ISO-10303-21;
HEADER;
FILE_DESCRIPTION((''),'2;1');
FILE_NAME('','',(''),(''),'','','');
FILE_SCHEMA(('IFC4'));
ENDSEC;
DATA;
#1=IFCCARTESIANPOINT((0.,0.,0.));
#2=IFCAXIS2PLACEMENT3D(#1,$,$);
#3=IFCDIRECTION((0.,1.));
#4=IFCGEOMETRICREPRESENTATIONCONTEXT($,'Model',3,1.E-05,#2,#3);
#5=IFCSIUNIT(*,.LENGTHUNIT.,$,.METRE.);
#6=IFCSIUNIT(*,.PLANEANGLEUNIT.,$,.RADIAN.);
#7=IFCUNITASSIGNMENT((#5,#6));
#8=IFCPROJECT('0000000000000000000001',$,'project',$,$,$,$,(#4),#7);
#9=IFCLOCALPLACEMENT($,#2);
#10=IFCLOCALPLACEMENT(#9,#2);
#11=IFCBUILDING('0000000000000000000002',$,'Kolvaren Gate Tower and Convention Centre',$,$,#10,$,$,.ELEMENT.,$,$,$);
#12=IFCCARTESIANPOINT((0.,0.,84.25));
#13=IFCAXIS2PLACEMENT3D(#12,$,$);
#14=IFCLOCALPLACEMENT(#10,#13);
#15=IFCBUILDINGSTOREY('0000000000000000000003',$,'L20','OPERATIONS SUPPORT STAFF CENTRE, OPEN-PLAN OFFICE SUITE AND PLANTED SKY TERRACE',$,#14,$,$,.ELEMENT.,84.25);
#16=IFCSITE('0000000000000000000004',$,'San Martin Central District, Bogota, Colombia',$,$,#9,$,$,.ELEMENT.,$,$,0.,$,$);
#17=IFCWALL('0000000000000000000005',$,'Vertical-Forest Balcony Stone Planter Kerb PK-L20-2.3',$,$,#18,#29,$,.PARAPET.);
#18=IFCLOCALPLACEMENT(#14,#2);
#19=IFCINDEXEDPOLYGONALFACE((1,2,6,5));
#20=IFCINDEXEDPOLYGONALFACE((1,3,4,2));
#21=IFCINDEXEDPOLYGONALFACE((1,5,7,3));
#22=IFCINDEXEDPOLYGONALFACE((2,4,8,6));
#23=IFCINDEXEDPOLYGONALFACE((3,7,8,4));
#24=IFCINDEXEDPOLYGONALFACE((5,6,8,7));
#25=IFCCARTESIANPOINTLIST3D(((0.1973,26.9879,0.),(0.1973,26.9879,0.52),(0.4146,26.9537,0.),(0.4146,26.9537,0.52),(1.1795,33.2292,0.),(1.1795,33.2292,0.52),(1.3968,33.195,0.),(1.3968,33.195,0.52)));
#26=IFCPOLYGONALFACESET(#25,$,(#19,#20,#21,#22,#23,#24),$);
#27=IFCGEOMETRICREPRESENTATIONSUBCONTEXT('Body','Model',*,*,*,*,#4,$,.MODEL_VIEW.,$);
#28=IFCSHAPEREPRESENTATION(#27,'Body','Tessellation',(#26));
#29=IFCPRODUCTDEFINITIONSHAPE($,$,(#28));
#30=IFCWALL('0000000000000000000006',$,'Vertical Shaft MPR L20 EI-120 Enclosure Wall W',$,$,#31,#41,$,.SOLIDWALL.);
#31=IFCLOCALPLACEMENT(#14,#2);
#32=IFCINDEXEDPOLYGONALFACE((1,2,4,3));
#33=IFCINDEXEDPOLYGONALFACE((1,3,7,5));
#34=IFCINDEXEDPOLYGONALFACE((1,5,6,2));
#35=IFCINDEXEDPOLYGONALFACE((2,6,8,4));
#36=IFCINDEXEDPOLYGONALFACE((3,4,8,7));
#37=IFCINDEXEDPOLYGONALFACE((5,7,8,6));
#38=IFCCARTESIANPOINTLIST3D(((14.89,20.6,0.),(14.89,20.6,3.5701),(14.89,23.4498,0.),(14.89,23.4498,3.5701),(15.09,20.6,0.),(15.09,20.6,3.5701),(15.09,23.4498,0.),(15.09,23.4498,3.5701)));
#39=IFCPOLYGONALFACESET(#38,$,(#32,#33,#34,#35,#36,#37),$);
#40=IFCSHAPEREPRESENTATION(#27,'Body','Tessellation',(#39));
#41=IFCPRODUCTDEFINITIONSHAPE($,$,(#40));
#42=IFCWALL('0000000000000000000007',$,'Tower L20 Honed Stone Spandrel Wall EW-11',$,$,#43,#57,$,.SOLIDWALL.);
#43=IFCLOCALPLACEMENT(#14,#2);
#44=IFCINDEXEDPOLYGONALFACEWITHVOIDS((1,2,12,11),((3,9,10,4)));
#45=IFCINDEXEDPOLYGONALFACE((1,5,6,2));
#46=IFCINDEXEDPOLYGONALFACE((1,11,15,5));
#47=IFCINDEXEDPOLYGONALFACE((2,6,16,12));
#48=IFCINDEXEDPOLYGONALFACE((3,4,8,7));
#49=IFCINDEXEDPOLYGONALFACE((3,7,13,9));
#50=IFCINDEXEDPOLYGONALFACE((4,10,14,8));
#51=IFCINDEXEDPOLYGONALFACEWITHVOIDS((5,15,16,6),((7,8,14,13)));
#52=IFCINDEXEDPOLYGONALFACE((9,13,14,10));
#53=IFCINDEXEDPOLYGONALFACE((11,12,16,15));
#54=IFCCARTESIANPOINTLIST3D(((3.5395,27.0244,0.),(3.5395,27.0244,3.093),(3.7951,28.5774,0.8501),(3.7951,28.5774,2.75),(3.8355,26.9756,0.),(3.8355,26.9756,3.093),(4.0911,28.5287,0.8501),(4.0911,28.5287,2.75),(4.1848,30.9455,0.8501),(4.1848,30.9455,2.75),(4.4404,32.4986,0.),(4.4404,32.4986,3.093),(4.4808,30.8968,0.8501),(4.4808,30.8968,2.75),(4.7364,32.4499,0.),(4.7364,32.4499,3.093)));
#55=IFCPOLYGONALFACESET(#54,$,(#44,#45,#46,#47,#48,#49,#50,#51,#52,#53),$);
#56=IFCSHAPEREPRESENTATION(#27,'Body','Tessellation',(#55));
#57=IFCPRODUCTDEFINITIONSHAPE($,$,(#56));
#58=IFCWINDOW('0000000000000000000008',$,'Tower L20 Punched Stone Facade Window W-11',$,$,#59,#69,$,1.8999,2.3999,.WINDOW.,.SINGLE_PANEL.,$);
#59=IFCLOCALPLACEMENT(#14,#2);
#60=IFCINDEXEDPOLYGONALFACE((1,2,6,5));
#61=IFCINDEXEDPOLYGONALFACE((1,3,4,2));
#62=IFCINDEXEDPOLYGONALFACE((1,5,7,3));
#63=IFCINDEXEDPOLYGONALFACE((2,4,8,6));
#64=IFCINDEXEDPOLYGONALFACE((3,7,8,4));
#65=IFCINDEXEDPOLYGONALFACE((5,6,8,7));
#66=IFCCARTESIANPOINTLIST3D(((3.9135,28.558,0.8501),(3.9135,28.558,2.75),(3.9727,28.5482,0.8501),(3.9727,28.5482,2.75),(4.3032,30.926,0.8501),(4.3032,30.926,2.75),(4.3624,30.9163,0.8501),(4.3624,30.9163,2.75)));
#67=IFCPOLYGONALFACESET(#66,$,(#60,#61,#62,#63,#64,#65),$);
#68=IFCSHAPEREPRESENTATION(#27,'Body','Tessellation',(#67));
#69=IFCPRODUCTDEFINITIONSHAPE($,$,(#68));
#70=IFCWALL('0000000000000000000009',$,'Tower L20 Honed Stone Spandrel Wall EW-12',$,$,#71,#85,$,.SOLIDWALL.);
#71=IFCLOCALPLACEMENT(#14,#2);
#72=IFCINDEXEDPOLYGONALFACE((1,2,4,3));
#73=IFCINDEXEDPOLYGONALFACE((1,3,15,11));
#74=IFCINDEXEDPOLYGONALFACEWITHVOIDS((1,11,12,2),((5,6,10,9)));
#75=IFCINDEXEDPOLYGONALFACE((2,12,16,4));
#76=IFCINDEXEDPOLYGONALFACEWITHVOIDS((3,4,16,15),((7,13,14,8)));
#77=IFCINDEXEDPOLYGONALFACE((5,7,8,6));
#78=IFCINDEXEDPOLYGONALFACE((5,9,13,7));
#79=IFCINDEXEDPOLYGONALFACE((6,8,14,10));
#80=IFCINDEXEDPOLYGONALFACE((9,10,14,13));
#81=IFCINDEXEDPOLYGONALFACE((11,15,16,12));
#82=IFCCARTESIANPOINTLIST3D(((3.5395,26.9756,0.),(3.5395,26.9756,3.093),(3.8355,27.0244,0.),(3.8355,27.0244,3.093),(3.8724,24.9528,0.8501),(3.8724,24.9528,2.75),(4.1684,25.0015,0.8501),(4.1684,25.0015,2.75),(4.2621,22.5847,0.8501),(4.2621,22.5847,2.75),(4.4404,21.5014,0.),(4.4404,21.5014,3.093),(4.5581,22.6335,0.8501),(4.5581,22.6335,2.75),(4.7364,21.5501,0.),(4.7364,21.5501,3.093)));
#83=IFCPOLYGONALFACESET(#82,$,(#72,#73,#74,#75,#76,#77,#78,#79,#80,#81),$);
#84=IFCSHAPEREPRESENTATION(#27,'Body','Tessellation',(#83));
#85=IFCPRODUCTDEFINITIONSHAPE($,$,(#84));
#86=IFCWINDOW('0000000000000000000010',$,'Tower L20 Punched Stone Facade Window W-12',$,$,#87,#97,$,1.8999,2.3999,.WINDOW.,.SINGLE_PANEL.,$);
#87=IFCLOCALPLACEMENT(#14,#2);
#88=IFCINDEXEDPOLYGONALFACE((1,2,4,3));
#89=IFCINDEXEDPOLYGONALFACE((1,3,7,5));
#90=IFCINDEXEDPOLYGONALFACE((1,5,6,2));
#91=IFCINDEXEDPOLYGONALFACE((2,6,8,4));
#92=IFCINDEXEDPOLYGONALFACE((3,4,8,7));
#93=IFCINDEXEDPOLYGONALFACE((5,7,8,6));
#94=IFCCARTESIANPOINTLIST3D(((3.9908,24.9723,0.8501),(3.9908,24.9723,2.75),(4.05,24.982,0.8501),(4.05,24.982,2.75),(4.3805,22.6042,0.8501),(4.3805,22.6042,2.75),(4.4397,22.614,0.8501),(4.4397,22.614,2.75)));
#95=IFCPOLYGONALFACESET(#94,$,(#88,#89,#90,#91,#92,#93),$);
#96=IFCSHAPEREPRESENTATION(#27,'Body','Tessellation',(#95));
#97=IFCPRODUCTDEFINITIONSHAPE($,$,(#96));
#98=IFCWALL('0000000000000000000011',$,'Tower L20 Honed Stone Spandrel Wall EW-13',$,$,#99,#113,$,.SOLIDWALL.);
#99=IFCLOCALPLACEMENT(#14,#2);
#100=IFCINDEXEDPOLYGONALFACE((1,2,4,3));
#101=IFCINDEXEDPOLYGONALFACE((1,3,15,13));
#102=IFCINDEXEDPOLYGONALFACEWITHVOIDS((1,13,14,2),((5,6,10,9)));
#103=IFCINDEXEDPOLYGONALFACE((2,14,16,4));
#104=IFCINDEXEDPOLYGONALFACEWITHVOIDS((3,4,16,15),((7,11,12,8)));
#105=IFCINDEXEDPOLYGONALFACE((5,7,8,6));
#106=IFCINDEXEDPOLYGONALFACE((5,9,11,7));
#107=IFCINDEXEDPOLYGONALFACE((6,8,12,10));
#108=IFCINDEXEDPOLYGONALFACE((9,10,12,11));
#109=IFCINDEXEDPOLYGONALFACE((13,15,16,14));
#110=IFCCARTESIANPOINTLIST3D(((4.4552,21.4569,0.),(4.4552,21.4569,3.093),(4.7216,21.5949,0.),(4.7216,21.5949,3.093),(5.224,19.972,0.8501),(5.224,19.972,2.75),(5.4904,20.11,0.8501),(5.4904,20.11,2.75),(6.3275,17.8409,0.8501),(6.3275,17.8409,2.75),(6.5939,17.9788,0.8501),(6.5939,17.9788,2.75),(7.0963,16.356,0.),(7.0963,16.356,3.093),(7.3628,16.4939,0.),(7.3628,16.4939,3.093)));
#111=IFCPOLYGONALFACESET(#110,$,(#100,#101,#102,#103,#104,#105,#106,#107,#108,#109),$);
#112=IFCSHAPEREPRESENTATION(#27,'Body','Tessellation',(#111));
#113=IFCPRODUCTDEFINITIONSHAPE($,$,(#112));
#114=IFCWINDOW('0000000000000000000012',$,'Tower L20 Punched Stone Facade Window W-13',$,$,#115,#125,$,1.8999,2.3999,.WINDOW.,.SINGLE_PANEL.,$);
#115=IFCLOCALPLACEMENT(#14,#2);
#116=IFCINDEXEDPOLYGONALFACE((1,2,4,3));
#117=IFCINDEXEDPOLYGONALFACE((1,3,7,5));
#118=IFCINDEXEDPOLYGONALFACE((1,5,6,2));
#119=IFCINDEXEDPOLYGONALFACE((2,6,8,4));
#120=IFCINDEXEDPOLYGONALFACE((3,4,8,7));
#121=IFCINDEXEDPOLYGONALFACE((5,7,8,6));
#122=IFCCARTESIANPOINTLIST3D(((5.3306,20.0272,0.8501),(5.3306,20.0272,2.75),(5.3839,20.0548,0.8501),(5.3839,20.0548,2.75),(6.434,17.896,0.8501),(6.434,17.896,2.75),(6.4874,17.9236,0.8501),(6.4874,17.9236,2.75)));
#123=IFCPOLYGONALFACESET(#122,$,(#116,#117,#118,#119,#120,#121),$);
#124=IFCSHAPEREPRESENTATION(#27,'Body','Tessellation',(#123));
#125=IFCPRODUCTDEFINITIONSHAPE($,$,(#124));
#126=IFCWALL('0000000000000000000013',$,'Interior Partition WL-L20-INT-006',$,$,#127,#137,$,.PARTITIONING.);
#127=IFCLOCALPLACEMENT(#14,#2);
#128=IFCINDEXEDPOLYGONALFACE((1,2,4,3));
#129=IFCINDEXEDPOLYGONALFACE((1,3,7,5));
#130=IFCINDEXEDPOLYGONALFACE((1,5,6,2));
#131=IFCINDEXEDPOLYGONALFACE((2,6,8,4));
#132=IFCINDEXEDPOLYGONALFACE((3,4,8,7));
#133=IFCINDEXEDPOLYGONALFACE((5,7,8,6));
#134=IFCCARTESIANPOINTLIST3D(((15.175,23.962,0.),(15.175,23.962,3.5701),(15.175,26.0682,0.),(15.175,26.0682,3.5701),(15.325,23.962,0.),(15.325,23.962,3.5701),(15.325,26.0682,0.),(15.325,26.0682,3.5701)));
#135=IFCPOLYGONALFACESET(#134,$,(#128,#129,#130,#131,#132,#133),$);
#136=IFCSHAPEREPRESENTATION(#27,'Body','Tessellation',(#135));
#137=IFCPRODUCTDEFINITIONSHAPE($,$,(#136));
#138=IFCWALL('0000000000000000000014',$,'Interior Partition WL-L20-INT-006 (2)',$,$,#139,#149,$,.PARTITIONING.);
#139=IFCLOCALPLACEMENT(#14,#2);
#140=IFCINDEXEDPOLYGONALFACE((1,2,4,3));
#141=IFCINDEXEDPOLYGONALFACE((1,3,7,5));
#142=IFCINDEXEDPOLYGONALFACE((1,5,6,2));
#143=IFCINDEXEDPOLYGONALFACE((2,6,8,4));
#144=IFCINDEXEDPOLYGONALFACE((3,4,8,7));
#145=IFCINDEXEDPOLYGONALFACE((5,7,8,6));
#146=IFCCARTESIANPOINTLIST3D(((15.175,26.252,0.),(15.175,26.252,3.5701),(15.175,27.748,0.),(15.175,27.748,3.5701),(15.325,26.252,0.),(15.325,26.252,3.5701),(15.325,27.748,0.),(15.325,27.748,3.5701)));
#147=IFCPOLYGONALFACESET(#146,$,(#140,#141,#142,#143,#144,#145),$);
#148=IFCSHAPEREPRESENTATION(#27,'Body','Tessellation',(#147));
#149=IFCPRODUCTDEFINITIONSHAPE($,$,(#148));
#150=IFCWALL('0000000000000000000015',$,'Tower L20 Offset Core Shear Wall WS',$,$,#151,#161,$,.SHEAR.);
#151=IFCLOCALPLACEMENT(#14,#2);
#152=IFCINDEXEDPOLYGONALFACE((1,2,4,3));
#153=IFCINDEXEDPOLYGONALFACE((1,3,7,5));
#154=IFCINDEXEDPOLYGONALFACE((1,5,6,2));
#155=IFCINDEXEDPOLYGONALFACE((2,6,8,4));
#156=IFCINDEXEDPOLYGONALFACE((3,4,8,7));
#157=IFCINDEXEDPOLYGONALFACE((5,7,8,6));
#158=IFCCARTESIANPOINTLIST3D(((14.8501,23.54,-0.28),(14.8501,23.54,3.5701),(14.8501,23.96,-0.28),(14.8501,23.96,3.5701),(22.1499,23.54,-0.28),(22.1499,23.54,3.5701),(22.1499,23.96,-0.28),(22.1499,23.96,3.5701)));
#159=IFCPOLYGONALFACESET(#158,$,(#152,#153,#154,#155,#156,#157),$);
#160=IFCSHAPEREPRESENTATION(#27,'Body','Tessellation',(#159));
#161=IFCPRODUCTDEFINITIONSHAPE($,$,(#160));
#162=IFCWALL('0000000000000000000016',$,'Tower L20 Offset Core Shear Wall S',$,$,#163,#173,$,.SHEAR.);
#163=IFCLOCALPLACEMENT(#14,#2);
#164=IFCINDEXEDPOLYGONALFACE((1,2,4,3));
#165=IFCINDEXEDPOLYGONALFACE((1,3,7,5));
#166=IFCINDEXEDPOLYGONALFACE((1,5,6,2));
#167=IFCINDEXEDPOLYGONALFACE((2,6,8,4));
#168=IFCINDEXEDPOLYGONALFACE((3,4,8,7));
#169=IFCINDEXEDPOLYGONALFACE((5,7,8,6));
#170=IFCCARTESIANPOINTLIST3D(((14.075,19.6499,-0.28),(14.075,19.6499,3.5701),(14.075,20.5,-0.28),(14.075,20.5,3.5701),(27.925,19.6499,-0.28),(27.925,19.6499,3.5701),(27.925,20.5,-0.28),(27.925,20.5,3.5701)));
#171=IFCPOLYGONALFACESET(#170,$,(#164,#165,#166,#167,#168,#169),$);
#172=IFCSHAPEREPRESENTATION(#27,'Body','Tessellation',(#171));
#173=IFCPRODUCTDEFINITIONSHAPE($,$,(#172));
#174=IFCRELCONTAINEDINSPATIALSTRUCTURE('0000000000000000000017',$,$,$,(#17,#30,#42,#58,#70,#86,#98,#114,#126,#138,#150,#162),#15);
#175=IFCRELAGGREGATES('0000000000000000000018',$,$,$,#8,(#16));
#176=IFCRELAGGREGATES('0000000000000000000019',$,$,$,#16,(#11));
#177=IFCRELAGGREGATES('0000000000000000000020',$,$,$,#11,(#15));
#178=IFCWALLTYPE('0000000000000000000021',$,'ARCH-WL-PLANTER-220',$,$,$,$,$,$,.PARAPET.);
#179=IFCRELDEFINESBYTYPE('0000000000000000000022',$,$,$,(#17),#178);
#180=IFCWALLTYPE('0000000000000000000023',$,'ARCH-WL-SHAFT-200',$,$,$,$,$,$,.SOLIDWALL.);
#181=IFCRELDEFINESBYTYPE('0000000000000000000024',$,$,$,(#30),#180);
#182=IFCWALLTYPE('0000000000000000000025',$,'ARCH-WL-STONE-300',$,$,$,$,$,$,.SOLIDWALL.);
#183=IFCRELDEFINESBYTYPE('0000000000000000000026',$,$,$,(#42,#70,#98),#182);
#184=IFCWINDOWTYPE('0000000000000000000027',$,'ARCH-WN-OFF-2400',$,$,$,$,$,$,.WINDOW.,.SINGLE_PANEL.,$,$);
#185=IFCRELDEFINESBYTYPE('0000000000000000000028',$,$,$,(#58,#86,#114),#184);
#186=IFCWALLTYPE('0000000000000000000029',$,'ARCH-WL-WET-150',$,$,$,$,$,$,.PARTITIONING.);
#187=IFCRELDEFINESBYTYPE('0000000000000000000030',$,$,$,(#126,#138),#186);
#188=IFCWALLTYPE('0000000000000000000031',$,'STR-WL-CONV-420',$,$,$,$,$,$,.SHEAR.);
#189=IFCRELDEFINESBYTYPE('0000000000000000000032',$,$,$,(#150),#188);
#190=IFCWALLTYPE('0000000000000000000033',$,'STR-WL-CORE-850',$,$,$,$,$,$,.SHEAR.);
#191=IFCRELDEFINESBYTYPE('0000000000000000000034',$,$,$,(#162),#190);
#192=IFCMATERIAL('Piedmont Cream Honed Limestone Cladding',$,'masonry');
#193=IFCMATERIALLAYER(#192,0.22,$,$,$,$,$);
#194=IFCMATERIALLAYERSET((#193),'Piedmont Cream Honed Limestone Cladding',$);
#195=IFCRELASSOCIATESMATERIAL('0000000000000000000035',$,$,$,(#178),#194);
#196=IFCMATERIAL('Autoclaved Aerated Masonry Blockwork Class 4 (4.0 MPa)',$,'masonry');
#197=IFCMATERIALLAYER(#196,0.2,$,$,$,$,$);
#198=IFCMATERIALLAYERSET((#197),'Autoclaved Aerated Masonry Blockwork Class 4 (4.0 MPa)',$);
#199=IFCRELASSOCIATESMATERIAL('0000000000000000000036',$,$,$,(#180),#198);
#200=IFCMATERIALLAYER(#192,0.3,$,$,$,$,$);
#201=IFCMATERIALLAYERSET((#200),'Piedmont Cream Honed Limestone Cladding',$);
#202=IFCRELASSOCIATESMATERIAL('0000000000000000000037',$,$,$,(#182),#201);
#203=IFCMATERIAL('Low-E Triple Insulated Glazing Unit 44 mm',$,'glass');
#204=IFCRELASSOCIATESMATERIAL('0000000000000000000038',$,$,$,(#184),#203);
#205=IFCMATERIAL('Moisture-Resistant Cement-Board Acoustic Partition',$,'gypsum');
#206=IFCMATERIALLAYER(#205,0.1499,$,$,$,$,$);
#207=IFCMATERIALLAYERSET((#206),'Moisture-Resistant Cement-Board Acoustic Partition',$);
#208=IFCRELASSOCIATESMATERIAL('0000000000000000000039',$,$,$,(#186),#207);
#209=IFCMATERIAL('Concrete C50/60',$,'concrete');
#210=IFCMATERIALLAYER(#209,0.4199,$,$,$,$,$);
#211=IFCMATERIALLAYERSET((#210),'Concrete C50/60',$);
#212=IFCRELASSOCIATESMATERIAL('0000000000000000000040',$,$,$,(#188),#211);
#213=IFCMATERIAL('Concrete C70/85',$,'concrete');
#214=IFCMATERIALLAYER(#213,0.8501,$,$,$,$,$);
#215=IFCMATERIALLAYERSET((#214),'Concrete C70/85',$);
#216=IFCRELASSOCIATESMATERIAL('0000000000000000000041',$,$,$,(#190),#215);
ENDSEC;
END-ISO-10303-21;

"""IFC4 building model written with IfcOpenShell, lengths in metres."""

from ifc_helpers import new_model, si_unit, direction, frame, frame_2d, origin, place, context, subcontext, project, spatial, rectangle, extrude, material, layer, layer_set, type_object, element, fill, save


model = new_model("IFC4")

# Units and contexts
model_context = context("Model", 3, precision=1e-05, world=origin(), true_north=direction((0.0, 1.0)))
body_context = subcontext(model_context, "Body", "Model", "MODEL_VIEW")
ifc_project = project(units=[si_unit("LENGTHUNIT", "METRE"), si_unit("PLANEANGLEUNIT", "RADIAN")], contexts=[model_context])

# Site, building, storey
site_placement = place(None, origin())
site = spatial("IfcSite", under=ifc_project, at=site_placement, Name="San Martin Central District, Bogota, Colombia", CompositionType="ELEMENT", RefElevation=0.0)
building_placement = place(site_placement, origin())
building = spatial("IfcBuilding", under=site, at=building_placement, Name="Kolvaren Gate Tower and Convention Centre", CompositionType="ELEMENT")
storey_placement = place(building_placement, frame((0.0, 0.0, 84.25)))
storey = spatial("IfcBuildingStorey", under=building, at=storey_placement, Name="L20", Description="OPERATIONS SUPPORT STAFF CENTRE, OPEN-PLAN OFFICE SUITE AND PLANTED SKY TERRACE", CompositionType="ELEMENT", Elevation=84.25)

# Shared definitions
ifc_material_1 = material(Name="Concrete C70/85", Category="concrete")

# Shared definitions
ifc_material_2 = material(Name="Autoclaved Aerated Masonry Blockwork Class 4 (4.0 MPa)", Category="masonry")

# Walls
ifc_material_3 = material(Name="Piedmont Cream Honed Limestone Cladding", Category="masonry")
ifc_layer_1 = layer(ifc_material_3, 0.22)
ifc_layer_set_1 = layer_set([ifc_layer_1], Name="Piedmont Cream Honed Limestone Cladding")
wall_type_1 = type_object("IfcWallType", Name="ARCH-WL-PLANTER-220", PredefinedType="PARAPET", material=ifc_layer_set_1)
wall_1_placement = place(storey_placement, frame((0.3059, 26.9707, 0.0), z_axis=(0.0, 0.0, 1.0), x_axis=(0.155457, 0.987843, 0.0)))
element("IfcWall", 1, at=wall_1_placement, inside=storey, type_object=wall_type_1, Name="Vertical-Forest Balcony Stone Planter Kerb PK-L20-2.3", PredefinedType="PARAPET", context=body_context, shape_type="SweptSolid", body=[
    extrude(rectangle(XDim=6.3181, YDim=0.22, at=frame_2d((3.1592, 0.0))), origin(), (0.0, 0.0, 1.0), 0.52),
])
ifc_layer_2 = layer(ifc_material_2, 0.2)
ifc_layer_set_2 = layer_set([ifc_layer_2], Name="Autoclaved Aerated Masonry Blockwork Class 4 (4.0 MPa)")
wall_type_2 = type_object("IfcWallType", Name="ARCH-WL-SHAFT-200", PredefinedType="SOLIDWALL", material=ifc_layer_set_2)
wall_2_placement = place(storey_placement, frame((14.99, 20.6001, 0.0), z_axis=(0.0, 0.0, 1.0), x_axis=(0.0, 1.0, 0.0)))
element("IfcWall", 2, at=wall_2_placement, inside=storey, type_object=wall_type_2, Name="Vertical Shaft MPR L20 EI-120 Enclosure Wall W", PredefinedType="SOLIDWALL", context=body_context, shape_type="SweptSolid", body=[
    extrude(rectangle(XDim=2.8499, YDim=0.2, at=frame_2d((1.4248, 0.0))), origin(), (0.0, 0.0, 1.0), 3.5701),
])

# Walls, openings, windows
ifc_layer_3 = layer(ifc_material_3, 0.3)
ifc_layer_set_3 = layer_set([ifc_layer_3], Name="Piedmont Cream Honed Limestone Cladding")
wall_type_3 = type_object("IfcWallType", Name="ARCH-WL-STONE-300", PredefinedType="SOLIDWALL", material=ifc_layer_set_3)
wall_3_placement = place(storey_placement, frame((3.6875, 27.0, 0.0), z_axis=(0.0, 0.0, 1.0), x_axis=(0.162386, 0.986727, 0.0)))
wall_3 = element("IfcWall", 3, at=wall_3_placement, inside=storey, type_object=wall_type_3, Name="Tower L20 Honed Stone Spandrel Wall EW-11", PredefinedType="SOLIDWALL", context=body_context, shape_type="SweptSolid", body=[
    extrude(rectangle(XDim=5.5479, YDim=0.3, at=frame_2d((2.7739, 0.0))), origin(), (0.0, 0.0, 1.0), 3.093),
])
opening_1_placement = place(wall_3_placement, frame((1.574, 0.0, 0.8501)))
opening_1 = element("IfcOpeningElement", 4, at=opening_1_placement, cuts=wall_3, PredefinedType="OPENING", context=body_context, shape_type="SweptSolid", body=[
    extrude(rectangle(XDim=2.3999, YDim=1.8999, at=frame_2d((1.2, 0.95))), frame((0.0, 0.1599, 0.0), z_axis=(0.0, -1.0, 0.0), x_axis=(1.0, 0.0, 0.0)), (0.0, 0.0, 1.0), 0.3201),
])
ifc_material_4 = material(Name="Low-E Triple Insulated Glazing Unit 44 mm", Category="glass")
window_type = type_object("IfcWindowType", Name="ARCH-WN-OFF-2400", PartitioningType="SINGLE_PANEL", PredefinedType="WINDOW", material=ifc_material_4)
window_1_placement = place(opening_1_placement, origin())
window_1 = element("IfcWindow", 5, at=window_1_placement, inside=storey, type_object=window_type, Name="Tower L20 Punched Stone Facade Window W-11", OverallHeight=1.8999, OverallWidth=2.3999, PartitioningType="SINGLE_PANEL", PredefinedType="WINDOW", context=body_context, shape_type="SweptSolid", body=[
    extrude(rectangle(XDim=2.3999, YDim=1.8999, at=frame_2d((1.2, 0.95))), frame((0.0, 0.03, 0.0), z_axis=(0.0, -1.0, 0.0), x_axis=(1.0, 0.0, 0.0)), (0.0, 0.0, 1.0), 0.0601),
])
fill(opening_1, window_1)
wall_4_placement = place(storey_placement, frame((3.6875, 27.0, 0.0), z_axis=(0.0, 0.0, 1.0), x_axis=(0.162386, -0.986727, 0.0)))
wall_4 = element("IfcWall", 6, at=wall_4_placement, inside=storey, type_object=wall_type_3, Name="Tower L20 Honed Stone Spandrel Wall EW-12", PredefinedType="SOLIDWALL", context=body_context, shape_type="SweptSolid", body=[
    extrude(rectangle(XDim=5.5479, YDim=0.3, at=frame_2d((2.7739, 0.0))), origin(), (0.0, 0.0, 1.0), 3.093),
])
opening_2_placement = place(wall_4_placement, frame((2.05, 0.0, 0.8501)))
opening_2 = element("IfcOpeningElement", 7, at=opening_2_placement, cuts=wall_4, PredefinedType="OPENING", context=body_context, shape_type="SweptSolid", body=[
    extrude(rectangle(XDim=2.3999, YDim=1.8999, at=frame_2d((1.2, 0.95))), frame((0.0, 0.1599, 0.0), z_axis=(0.0, -1.0, 0.0), x_axis=(1.0, 0.0, 0.0)), (0.0, 0.0, 1.0), 0.3201),
])
window_2_placement = place(opening_2_placement, origin())
window_2 = element("IfcWindow", 8, at=window_2_placement, inside=storey, type_object=window_type, Name="Tower L20 Punched Stone Facade Window W-12", OverallHeight=1.8999, OverallWidth=2.3999, PartitioningType="SINGLE_PANEL", PredefinedType="WINDOW", context=body_context, shape_type="SweptSolid", body=[
    extrude(rectangle(XDim=2.3999, YDim=1.8999, at=frame_2d((1.2, 0.95))), frame((0.0, 0.03, 0.0), z_axis=(0.0, -1.0, 0.0), x_axis=(1.0, 0.0, 0.0)), (0.0, 0.0, 1.0), 0.0601),
])
fill(opening_2, window_2)
wall_5_placement = place(storey_placement, frame((4.5884, 21.5259, 0.0), z_axis=(0.0, 0.0, 1.0), x_axis=(0.459801, -0.888022, 0.0)))
wall_5 = element("IfcWall", 9, at=wall_5_placement, inside=storey, type_object=wall_type_3, Name="Tower L20 Honed Stone Spandrel Wall EW-13", PredefinedType="SOLIDWALL", context=body_context, shape_type="SweptSolid", body=[
    extrude(rectangle(XDim=5.7441, YDim=0.3, at=frame_2d((2.8721, 0.0))), origin(), (0.0, 0.0, 1.0), 3.093),
])
opening_3_placement = place(wall_5_placement, frame((1.6721, 0.0, 0.8501)))
opening_3 = element("IfcOpeningElement", 10, at=opening_3_placement, cuts=wall_5, PredefinedType="OPENING", context=body_context, shape_type="SweptSolid", body=[
    extrude(rectangle(XDim=2.3999, YDim=1.8999, at=frame_2d((1.2, 0.95))), frame((0.0, 0.1599, 0.0), z_axis=(0.0, -1.0, 0.0), x_axis=(1.0, 0.0, 0.0)), (0.0, 0.0, 1.0), 0.3201),
])
window_3_placement = place(opening_3_placement, origin())
window_3 = element("IfcWindow", 11, at=window_3_placement, inside=storey, type_object=window_type, Name="Tower L20 Punched Stone Facade Window W-13", OverallHeight=1.8999, OverallWidth=2.3999, PartitioningType="SINGLE_PANEL", PredefinedType="WINDOW", context=body_context, shape_type="SweptSolid", body=[
    extrude(rectangle(XDim=2.3999, YDim=1.8999, at=frame_2d((1.2, 0.95))), frame((0.0, 0.03, 0.0), z_axis=(0.0, -1.0, 0.0), x_axis=(1.0, 0.0, 0.0)), (0.0, 0.0, 1.0), 0.0601),
])
fill(opening_3, window_3)

# Walls
ifc_material_5 = material(Name="Moisture-Resistant Cement-Board Acoustic Partition", Category="gypsum")
ifc_layer_4 = layer(ifc_material_5, 0.1499)
ifc_layer_set_4 = layer_set([ifc_layer_4], Name="Moisture-Resistant Cement-Board Acoustic Partition")
wall_type_4 = type_object("IfcWallType", Name="ARCH-WL-WET-150", PredefinedType="PARTITIONING", material=ifc_layer_set_4)
wall_6_placement = place(storey_placement, frame((15.25, 23.9619, 0.0), z_axis=(0.0, 0.0, 1.0), x_axis=(0.0, 1.0, 0.0)))
element("IfcWall", 12, at=wall_6_placement, inside=storey, type_object=wall_type_4, Name="Interior Partition WL-L20-INT-006", PredefinedType="PARTITIONING", context=body_context, shape_type="SweptSolid", body=[
    extrude(rectangle(XDim=2.1062, YDim=0.1499, at=frame_2d((1.0532, 0.0))), origin(), (0.0, 0.0, 1.0), 3.5701),
])
wall_7_placement = place(storey_placement, frame((15.25, 26.252, 0.0), z_axis=(0.0, 0.0, 1.0), x_axis=(0.0, 1.0, 0.0)))
element("IfcWall", 13, at=wall_7_placement, inside=storey, type_object=wall_type_4, Name="Interior Partition WL-L20-INT-006 (2)", PredefinedType="PARTITIONING", context=body_context, shape_type="SweptSolid", body=[
    extrude(rectangle(XDim=1.4961, YDim=0.1499, at=frame_2d((0.748, 0.0))), origin(), (0.0, 0.0, 1.0), 3.5701),
])
ifc_material_6 = material(Name="Concrete C50/60", Category="concrete")
ifc_layer_5 = layer(ifc_material_6, 0.4199)
ifc_layer_set_5 = layer_set([ifc_layer_5], Name="Concrete C50/60")
wall_type_5 = type_object("IfcWallType", Name="STR-WL-CONV-420", PredefinedType="SHEAR", material=ifc_layer_set_5)
wall_8_placement = place(storey_placement, frame((14.8501, 23.75, -0.28), z_axis=(0.0, 0.0, 1.0), x_axis=(1.0, 0.0, 0.0)))
element("IfcWall", 14, at=wall_8_placement, inside=storey, type_object=wall_type_5, Name="Tower L20 Offset Core Shear Wall WS", PredefinedType="SHEAR", context=body_context, shape_type="SweptSolid", body=[
    extrude(rectangle(XDim=7.2998, YDim=0.4199, at=frame_2d((3.6499, 0.0))), origin(), (0.0, 0.0, 1.0), 3.8501),
])
ifc_layer_6 = layer(ifc_material_1, 0.8501)
ifc_layer_set_6 = layer_set([ifc_layer_6], Name="Concrete C70/85")
wall_type_6 = type_object("IfcWallType", Name="STR-WL-CORE-850", PredefinedType="SHEAR", material=ifc_layer_set_6)
wall_9_placement = place(storey_placement, frame((14.075, 20.075, -0.28), z_axis=(0.0, 0.0, 1.0), x_axis=(1.0, 0.0, 0.0)))
element("IfcWall", 15, at=wall_9_placement, inside=storey, type_object=wall_type_6, Name="Tower L20 Offset Core Shear Wall S", PredefinedType="SHEAR", context=body_context, shape_type="SweptSolid", body=[
    extrude(rectangle(XDim=13.8501, YDim=0.8501, at=frame_2d((6.925, 0.0))), origin(), (0.0, 0.0, 1.0), 3.8501),
])

save(model, "model.ifc")
